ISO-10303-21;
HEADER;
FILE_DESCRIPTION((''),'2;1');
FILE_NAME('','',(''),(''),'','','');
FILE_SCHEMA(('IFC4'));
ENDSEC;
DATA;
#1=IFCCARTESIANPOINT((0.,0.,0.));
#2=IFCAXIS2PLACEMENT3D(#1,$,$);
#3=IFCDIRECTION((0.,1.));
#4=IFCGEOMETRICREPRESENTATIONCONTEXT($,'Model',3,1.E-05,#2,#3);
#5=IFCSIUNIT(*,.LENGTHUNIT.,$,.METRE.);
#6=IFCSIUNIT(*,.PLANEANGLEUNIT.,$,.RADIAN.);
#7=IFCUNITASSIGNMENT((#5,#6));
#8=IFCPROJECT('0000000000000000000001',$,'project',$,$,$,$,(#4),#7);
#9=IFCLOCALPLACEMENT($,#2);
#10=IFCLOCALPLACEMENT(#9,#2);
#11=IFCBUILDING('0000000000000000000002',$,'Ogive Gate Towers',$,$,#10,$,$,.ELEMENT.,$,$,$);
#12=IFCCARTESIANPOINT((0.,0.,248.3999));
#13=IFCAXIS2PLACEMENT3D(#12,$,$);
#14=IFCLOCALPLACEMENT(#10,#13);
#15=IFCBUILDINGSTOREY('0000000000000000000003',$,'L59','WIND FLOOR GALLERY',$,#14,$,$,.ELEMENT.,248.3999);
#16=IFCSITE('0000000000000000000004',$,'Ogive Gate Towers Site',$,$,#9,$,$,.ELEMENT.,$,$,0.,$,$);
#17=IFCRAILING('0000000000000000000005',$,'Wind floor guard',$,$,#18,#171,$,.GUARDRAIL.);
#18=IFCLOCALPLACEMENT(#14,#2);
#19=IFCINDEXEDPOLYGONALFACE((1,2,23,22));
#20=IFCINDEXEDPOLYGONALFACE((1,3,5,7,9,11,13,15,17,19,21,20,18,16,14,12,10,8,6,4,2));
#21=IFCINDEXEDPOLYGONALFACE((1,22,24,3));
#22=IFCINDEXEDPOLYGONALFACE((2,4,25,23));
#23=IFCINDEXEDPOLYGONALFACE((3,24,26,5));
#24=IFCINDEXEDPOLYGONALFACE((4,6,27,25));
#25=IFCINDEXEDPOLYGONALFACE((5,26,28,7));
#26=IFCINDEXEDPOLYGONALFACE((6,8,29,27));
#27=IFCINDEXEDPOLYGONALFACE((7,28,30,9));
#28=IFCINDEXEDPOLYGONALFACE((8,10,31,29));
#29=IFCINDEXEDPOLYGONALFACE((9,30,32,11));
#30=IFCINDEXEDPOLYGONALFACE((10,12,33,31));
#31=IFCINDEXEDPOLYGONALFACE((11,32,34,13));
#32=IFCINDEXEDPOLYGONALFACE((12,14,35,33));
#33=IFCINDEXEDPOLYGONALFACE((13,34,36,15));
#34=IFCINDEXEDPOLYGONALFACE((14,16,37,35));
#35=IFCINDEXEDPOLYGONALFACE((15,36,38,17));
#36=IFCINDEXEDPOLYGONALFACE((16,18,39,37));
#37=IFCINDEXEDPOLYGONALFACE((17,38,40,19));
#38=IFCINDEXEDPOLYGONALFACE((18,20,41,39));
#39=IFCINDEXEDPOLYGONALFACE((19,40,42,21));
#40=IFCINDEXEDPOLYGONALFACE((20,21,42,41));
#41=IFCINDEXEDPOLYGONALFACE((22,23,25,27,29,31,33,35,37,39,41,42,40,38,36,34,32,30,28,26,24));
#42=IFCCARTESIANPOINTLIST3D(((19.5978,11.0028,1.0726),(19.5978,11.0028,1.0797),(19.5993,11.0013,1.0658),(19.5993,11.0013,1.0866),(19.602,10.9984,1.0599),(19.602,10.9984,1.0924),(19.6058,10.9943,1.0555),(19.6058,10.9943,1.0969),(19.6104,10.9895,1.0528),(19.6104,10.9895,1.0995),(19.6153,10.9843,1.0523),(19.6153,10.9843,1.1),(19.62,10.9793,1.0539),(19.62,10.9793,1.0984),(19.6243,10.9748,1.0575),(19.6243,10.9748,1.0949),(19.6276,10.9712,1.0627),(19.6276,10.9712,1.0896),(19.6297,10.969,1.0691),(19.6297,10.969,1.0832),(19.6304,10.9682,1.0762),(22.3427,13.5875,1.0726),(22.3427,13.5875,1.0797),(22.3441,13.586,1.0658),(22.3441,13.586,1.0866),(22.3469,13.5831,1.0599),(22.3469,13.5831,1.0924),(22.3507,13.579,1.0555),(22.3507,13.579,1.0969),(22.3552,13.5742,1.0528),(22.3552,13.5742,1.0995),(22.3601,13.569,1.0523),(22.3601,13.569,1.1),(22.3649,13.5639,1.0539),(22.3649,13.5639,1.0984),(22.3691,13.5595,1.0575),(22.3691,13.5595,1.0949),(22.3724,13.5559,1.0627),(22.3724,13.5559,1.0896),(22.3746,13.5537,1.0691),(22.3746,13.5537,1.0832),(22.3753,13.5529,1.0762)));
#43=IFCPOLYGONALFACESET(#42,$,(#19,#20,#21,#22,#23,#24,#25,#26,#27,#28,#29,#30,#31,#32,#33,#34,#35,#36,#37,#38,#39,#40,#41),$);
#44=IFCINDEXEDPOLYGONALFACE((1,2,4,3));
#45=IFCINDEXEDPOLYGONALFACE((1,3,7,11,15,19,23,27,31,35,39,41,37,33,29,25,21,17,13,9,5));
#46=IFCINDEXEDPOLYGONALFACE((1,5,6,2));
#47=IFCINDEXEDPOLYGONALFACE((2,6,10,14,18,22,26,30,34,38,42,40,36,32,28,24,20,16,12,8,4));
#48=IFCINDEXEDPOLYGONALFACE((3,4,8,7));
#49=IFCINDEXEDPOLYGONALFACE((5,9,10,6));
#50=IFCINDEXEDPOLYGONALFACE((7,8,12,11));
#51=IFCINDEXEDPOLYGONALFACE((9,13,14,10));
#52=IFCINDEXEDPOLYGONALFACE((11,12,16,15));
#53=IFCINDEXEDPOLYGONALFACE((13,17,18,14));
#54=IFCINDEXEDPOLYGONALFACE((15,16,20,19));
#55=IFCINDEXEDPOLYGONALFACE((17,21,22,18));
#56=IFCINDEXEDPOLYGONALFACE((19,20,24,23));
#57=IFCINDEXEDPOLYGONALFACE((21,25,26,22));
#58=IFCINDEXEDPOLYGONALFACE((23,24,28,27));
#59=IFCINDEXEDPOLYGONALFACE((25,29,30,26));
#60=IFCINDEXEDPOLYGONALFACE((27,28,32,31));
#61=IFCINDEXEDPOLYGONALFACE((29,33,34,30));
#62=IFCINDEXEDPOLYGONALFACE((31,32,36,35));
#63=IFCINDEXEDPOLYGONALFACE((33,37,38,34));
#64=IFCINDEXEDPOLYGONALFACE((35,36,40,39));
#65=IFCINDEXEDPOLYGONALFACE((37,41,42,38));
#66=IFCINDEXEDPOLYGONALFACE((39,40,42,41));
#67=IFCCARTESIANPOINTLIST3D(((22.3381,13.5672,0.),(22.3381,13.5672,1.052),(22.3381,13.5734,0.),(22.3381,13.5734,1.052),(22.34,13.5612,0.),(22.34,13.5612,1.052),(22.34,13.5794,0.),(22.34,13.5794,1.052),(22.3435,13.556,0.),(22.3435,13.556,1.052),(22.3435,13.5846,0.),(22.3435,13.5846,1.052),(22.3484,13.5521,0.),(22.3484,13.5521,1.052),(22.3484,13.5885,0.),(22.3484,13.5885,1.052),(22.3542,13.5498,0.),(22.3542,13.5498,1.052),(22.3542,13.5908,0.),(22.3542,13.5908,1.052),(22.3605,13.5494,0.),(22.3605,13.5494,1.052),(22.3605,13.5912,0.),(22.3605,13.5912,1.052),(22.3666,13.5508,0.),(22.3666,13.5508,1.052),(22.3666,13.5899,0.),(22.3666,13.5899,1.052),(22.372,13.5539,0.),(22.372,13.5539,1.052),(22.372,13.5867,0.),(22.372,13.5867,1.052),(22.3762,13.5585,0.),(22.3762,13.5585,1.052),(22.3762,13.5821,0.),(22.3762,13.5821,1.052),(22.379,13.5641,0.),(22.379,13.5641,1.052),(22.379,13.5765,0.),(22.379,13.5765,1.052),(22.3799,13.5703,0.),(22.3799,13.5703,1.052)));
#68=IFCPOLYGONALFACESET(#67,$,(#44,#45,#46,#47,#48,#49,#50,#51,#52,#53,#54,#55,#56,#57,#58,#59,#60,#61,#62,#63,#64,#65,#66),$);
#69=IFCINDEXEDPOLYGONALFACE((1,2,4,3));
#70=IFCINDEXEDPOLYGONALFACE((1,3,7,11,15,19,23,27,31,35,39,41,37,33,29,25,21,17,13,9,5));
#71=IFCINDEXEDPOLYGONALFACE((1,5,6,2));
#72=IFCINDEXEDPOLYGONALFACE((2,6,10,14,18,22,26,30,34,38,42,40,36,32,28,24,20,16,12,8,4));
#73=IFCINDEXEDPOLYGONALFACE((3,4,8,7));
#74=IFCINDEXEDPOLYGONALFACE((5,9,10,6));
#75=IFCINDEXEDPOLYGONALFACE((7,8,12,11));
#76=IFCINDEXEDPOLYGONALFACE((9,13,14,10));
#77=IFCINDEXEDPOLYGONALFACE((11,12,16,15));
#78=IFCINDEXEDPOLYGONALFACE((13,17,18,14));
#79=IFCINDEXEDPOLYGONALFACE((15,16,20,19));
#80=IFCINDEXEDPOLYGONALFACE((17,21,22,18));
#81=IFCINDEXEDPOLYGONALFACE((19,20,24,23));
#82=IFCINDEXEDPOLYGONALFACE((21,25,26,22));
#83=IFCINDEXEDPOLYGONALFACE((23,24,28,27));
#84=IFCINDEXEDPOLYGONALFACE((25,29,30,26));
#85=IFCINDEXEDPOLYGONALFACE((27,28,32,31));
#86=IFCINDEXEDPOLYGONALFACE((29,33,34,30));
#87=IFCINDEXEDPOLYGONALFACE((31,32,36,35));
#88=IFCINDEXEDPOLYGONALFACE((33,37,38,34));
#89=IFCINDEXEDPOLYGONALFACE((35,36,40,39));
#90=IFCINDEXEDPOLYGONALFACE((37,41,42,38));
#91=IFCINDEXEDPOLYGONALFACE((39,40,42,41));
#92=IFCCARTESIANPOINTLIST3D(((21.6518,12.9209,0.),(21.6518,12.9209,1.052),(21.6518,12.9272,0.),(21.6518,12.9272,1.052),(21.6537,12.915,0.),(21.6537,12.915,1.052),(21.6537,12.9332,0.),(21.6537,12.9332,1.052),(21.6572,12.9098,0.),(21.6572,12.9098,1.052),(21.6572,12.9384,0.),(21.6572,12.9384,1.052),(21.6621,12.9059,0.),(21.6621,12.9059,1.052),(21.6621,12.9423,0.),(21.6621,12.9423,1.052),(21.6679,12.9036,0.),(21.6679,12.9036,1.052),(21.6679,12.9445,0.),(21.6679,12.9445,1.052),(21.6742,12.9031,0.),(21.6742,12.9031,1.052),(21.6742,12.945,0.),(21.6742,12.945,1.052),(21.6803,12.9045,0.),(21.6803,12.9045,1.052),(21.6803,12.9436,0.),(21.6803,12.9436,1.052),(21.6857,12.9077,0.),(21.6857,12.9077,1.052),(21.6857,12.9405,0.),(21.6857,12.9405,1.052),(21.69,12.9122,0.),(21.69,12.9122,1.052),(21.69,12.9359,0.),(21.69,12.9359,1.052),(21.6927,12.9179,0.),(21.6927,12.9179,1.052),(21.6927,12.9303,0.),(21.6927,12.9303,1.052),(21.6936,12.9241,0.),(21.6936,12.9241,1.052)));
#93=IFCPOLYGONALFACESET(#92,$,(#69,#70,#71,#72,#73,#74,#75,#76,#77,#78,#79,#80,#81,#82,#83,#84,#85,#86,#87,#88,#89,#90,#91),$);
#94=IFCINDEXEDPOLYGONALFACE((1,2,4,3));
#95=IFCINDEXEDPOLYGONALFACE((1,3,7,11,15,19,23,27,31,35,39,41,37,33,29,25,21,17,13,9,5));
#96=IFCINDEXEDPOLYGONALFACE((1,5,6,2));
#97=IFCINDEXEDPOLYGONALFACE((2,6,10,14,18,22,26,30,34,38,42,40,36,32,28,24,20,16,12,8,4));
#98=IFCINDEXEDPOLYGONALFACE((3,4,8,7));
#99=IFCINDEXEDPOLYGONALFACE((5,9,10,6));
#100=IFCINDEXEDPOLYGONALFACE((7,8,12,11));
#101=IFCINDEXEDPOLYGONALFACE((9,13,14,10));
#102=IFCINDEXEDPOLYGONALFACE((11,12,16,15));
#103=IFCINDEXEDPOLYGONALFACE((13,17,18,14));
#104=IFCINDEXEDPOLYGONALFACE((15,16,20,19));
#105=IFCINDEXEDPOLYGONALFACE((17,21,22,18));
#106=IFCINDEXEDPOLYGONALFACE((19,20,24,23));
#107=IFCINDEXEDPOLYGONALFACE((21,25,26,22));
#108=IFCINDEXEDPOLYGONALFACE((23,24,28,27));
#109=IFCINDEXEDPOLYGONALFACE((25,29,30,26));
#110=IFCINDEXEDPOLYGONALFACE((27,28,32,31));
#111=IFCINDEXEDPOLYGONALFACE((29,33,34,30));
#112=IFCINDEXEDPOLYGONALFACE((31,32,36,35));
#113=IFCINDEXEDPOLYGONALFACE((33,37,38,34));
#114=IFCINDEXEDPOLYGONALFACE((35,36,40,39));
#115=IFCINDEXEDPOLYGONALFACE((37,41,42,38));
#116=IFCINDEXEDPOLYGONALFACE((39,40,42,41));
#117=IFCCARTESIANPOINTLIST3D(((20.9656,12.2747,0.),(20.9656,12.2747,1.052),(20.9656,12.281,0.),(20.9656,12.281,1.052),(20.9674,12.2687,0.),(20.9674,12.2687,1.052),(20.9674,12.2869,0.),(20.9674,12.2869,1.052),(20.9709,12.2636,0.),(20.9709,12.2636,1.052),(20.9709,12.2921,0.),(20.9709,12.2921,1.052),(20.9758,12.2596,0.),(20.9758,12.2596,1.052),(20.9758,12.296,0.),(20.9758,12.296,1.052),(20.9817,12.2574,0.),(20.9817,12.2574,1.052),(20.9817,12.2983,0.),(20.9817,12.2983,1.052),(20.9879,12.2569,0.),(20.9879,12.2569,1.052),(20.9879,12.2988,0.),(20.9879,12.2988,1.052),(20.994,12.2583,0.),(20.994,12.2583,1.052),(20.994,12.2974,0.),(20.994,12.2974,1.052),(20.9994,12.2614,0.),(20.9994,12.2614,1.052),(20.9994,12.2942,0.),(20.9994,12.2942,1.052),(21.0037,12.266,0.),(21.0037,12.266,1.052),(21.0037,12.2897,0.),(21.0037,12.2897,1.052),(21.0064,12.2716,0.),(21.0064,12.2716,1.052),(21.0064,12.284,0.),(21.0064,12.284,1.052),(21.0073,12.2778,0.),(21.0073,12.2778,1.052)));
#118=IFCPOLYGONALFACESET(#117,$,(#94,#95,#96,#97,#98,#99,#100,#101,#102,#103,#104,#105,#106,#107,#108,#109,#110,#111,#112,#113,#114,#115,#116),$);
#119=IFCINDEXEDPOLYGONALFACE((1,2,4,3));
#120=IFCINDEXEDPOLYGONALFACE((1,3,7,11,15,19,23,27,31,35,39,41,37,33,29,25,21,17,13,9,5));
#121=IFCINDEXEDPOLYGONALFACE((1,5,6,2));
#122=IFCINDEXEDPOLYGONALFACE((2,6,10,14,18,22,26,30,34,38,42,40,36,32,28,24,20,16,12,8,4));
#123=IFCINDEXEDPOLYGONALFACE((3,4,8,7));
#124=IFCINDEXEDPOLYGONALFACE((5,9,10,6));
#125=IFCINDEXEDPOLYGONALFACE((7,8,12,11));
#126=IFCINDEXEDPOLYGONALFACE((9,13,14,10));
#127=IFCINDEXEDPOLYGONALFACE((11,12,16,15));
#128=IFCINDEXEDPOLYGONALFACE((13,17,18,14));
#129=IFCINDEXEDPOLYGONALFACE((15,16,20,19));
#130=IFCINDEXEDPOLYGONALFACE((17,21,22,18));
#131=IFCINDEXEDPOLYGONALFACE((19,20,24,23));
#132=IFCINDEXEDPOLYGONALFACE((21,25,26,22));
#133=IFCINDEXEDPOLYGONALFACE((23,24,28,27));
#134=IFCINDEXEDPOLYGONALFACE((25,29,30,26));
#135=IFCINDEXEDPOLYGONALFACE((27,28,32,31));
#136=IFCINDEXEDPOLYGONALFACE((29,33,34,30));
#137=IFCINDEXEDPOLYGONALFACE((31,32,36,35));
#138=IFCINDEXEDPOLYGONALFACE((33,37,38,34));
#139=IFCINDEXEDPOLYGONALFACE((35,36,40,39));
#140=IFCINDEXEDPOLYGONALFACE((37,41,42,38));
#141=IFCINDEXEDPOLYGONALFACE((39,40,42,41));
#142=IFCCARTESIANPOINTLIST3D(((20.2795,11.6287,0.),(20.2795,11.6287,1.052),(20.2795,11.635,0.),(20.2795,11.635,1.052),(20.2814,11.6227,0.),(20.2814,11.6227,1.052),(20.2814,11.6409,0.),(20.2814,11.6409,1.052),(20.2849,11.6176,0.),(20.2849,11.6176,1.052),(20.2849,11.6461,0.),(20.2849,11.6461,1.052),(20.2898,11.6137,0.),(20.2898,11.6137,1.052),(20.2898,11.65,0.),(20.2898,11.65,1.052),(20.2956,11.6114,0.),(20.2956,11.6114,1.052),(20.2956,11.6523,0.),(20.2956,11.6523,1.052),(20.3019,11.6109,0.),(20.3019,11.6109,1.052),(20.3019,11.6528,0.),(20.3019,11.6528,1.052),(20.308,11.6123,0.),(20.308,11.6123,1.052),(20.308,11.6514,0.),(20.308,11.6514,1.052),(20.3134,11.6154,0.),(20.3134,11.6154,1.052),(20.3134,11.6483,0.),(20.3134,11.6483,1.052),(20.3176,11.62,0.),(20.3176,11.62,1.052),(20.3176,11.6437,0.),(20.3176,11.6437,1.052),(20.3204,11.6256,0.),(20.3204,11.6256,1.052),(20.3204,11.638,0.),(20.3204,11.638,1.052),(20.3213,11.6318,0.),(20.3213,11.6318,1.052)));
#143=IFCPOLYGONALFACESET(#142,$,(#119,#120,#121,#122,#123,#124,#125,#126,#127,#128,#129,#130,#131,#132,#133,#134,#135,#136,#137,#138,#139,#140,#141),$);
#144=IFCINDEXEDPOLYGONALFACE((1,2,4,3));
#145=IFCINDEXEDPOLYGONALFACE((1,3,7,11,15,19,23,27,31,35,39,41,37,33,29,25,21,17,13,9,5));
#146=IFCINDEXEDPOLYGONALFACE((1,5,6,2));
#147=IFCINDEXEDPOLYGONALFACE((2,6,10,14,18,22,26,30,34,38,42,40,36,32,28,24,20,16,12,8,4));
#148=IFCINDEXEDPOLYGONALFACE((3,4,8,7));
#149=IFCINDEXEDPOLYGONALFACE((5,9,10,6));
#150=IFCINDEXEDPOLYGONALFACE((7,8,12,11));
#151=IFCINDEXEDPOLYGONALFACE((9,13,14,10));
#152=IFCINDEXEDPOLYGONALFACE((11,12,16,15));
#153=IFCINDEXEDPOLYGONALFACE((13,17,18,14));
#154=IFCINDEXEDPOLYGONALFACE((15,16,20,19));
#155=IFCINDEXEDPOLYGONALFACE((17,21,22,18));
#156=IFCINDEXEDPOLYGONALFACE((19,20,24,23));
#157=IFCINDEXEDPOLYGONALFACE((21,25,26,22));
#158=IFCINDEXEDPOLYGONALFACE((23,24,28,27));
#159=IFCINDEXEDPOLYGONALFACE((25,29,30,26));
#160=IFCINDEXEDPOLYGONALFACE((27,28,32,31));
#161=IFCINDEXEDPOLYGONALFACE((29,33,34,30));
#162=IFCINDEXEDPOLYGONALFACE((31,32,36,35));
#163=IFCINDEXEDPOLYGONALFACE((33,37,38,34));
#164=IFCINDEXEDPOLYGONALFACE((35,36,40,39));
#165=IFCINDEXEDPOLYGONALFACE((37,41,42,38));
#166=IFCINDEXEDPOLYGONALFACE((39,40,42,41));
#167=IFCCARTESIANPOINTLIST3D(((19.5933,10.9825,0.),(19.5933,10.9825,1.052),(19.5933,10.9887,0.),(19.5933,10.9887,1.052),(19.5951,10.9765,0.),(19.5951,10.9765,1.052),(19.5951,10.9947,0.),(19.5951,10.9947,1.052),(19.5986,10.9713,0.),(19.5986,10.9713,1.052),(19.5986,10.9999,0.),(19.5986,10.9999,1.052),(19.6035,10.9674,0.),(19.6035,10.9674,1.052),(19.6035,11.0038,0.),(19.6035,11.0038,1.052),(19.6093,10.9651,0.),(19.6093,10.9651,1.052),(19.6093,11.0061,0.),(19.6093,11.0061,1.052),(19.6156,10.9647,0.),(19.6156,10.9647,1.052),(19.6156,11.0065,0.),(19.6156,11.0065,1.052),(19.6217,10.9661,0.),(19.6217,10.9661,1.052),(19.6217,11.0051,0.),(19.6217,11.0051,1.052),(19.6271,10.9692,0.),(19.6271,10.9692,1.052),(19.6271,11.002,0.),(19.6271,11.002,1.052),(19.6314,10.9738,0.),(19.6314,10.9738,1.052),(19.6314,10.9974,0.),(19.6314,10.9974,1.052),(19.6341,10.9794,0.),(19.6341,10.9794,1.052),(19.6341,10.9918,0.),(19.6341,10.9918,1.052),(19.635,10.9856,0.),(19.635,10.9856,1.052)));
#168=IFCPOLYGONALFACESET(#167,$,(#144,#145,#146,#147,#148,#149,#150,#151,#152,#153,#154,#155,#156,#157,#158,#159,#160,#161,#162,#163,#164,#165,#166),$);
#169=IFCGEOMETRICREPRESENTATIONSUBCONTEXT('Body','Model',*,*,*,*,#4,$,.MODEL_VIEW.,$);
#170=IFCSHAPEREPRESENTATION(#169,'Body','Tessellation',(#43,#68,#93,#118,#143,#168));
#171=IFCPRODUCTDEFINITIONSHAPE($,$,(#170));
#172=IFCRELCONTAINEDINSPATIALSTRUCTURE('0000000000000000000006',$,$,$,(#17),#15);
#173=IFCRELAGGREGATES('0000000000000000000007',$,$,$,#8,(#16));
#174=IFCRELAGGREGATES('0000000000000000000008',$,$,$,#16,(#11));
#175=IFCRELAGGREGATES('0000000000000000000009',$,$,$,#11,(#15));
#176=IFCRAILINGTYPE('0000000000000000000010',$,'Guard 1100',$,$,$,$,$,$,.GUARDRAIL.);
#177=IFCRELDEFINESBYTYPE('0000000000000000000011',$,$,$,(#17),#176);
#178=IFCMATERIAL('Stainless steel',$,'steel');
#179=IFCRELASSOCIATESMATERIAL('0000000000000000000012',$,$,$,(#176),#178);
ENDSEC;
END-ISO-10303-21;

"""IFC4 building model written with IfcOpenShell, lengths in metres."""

from ifc_helpers import new_model, si_unit, direction, frame, origin, origin_2d, place, context, subcontext, project, spatial, circle, extrude, material, type_object, element, save


model = new_model("IFC4")

# Units and contexts
model_context = context("Model", 3, precision=1e-05, world=origin(), true_north=direction((0.0, 1.0)))
body_context = subcontext(model_context, "Body", "Model", "MODEL_VIEW")
ifc_project = project(units=[si_unit("LENGTHUNIT", "METRE"), si_unit("PLANEANGLEUNIT", "RADIAN")], contexts=[model_context])

# Site, building, storey
site_placement = place(None, origin())
site = spatial("IfcSite", under=ifc_project, at=site_placement, Name="Ogive Gate Towers Site", CompositionType="ELEMENT", RefElevation=0.0)
building_placement = place(site_placement, origin())
building = spatial("IfcBuilding", under=site, at=building_placement, Name="Ogive Gate Towers", CompositionType="ELEMENT")
storey_placement = place(building_placement, frame((0.0, 0.0, 248.3999)))
storey = spatial("IfcBuildingStorey", under=building, at=storey_placement, Name="L59", Description="WIND FLOOR GALLERY", CompositionType="ELEMENT", Elevation=248.3999)

# Railing
ifc_material_1 = material(Name="Stainless steel", Category="steel")
railing_type_1 = type_object("IfcRailingType", Name="Guard 1100", PredefinedType="GUARDRAIL", material=ifc_material_1)
railing_1_placement = place(storey_placement, frame((22.3589, 13.5703, 0.0)))
element("IfcRailing", 1, at=railing_1_placement, inside=storey, type_object=railing_type_1, Name="Wind floor guard", PredefinedType="GUARDRAIL", context=body_context, shape_type="SweptSolid", body=[
    extrude(circle(Radius=0.0239, at=origin_2d()), frame((0.0, 0.0, 1.0762), z_axis=(-0.728027, -0.685548, 0.0), x_axis=(0.685548, -0.728027, 0.0)), (0.0, 0.0, 1.0), 3.7703),
    extrude(circle(Radius=0.021, at=origin_2d()), origin(), (0.0, 0.0, 1.0), 1.052),
    extrude(circle(Radius=0.021, at=origin_2d()), frame((-0.6863, -0.6462, 0.0)), (0.0, 0.0, 1.0), 1.052),
    extrude(circle(Radius=0.021, at=origin_2d()), frame((-1.3726, -1.2925, 0.0)), (0.0, 0.0, 1.0), 1.052),
    extrude(circle(Radius=0.021, at=origin_2d()), frame((-2.0586, -1.9385, 0.0)), (0.0, 0.0, 1.0), 1.052),
    extrude(circle(Radius=0.021, at=origin_2d()), frame((-2.7449, -2.5847, 0.0)), (0.0, 0.0, 1.0), 1.052),
])

save(model, "model.ifc")
